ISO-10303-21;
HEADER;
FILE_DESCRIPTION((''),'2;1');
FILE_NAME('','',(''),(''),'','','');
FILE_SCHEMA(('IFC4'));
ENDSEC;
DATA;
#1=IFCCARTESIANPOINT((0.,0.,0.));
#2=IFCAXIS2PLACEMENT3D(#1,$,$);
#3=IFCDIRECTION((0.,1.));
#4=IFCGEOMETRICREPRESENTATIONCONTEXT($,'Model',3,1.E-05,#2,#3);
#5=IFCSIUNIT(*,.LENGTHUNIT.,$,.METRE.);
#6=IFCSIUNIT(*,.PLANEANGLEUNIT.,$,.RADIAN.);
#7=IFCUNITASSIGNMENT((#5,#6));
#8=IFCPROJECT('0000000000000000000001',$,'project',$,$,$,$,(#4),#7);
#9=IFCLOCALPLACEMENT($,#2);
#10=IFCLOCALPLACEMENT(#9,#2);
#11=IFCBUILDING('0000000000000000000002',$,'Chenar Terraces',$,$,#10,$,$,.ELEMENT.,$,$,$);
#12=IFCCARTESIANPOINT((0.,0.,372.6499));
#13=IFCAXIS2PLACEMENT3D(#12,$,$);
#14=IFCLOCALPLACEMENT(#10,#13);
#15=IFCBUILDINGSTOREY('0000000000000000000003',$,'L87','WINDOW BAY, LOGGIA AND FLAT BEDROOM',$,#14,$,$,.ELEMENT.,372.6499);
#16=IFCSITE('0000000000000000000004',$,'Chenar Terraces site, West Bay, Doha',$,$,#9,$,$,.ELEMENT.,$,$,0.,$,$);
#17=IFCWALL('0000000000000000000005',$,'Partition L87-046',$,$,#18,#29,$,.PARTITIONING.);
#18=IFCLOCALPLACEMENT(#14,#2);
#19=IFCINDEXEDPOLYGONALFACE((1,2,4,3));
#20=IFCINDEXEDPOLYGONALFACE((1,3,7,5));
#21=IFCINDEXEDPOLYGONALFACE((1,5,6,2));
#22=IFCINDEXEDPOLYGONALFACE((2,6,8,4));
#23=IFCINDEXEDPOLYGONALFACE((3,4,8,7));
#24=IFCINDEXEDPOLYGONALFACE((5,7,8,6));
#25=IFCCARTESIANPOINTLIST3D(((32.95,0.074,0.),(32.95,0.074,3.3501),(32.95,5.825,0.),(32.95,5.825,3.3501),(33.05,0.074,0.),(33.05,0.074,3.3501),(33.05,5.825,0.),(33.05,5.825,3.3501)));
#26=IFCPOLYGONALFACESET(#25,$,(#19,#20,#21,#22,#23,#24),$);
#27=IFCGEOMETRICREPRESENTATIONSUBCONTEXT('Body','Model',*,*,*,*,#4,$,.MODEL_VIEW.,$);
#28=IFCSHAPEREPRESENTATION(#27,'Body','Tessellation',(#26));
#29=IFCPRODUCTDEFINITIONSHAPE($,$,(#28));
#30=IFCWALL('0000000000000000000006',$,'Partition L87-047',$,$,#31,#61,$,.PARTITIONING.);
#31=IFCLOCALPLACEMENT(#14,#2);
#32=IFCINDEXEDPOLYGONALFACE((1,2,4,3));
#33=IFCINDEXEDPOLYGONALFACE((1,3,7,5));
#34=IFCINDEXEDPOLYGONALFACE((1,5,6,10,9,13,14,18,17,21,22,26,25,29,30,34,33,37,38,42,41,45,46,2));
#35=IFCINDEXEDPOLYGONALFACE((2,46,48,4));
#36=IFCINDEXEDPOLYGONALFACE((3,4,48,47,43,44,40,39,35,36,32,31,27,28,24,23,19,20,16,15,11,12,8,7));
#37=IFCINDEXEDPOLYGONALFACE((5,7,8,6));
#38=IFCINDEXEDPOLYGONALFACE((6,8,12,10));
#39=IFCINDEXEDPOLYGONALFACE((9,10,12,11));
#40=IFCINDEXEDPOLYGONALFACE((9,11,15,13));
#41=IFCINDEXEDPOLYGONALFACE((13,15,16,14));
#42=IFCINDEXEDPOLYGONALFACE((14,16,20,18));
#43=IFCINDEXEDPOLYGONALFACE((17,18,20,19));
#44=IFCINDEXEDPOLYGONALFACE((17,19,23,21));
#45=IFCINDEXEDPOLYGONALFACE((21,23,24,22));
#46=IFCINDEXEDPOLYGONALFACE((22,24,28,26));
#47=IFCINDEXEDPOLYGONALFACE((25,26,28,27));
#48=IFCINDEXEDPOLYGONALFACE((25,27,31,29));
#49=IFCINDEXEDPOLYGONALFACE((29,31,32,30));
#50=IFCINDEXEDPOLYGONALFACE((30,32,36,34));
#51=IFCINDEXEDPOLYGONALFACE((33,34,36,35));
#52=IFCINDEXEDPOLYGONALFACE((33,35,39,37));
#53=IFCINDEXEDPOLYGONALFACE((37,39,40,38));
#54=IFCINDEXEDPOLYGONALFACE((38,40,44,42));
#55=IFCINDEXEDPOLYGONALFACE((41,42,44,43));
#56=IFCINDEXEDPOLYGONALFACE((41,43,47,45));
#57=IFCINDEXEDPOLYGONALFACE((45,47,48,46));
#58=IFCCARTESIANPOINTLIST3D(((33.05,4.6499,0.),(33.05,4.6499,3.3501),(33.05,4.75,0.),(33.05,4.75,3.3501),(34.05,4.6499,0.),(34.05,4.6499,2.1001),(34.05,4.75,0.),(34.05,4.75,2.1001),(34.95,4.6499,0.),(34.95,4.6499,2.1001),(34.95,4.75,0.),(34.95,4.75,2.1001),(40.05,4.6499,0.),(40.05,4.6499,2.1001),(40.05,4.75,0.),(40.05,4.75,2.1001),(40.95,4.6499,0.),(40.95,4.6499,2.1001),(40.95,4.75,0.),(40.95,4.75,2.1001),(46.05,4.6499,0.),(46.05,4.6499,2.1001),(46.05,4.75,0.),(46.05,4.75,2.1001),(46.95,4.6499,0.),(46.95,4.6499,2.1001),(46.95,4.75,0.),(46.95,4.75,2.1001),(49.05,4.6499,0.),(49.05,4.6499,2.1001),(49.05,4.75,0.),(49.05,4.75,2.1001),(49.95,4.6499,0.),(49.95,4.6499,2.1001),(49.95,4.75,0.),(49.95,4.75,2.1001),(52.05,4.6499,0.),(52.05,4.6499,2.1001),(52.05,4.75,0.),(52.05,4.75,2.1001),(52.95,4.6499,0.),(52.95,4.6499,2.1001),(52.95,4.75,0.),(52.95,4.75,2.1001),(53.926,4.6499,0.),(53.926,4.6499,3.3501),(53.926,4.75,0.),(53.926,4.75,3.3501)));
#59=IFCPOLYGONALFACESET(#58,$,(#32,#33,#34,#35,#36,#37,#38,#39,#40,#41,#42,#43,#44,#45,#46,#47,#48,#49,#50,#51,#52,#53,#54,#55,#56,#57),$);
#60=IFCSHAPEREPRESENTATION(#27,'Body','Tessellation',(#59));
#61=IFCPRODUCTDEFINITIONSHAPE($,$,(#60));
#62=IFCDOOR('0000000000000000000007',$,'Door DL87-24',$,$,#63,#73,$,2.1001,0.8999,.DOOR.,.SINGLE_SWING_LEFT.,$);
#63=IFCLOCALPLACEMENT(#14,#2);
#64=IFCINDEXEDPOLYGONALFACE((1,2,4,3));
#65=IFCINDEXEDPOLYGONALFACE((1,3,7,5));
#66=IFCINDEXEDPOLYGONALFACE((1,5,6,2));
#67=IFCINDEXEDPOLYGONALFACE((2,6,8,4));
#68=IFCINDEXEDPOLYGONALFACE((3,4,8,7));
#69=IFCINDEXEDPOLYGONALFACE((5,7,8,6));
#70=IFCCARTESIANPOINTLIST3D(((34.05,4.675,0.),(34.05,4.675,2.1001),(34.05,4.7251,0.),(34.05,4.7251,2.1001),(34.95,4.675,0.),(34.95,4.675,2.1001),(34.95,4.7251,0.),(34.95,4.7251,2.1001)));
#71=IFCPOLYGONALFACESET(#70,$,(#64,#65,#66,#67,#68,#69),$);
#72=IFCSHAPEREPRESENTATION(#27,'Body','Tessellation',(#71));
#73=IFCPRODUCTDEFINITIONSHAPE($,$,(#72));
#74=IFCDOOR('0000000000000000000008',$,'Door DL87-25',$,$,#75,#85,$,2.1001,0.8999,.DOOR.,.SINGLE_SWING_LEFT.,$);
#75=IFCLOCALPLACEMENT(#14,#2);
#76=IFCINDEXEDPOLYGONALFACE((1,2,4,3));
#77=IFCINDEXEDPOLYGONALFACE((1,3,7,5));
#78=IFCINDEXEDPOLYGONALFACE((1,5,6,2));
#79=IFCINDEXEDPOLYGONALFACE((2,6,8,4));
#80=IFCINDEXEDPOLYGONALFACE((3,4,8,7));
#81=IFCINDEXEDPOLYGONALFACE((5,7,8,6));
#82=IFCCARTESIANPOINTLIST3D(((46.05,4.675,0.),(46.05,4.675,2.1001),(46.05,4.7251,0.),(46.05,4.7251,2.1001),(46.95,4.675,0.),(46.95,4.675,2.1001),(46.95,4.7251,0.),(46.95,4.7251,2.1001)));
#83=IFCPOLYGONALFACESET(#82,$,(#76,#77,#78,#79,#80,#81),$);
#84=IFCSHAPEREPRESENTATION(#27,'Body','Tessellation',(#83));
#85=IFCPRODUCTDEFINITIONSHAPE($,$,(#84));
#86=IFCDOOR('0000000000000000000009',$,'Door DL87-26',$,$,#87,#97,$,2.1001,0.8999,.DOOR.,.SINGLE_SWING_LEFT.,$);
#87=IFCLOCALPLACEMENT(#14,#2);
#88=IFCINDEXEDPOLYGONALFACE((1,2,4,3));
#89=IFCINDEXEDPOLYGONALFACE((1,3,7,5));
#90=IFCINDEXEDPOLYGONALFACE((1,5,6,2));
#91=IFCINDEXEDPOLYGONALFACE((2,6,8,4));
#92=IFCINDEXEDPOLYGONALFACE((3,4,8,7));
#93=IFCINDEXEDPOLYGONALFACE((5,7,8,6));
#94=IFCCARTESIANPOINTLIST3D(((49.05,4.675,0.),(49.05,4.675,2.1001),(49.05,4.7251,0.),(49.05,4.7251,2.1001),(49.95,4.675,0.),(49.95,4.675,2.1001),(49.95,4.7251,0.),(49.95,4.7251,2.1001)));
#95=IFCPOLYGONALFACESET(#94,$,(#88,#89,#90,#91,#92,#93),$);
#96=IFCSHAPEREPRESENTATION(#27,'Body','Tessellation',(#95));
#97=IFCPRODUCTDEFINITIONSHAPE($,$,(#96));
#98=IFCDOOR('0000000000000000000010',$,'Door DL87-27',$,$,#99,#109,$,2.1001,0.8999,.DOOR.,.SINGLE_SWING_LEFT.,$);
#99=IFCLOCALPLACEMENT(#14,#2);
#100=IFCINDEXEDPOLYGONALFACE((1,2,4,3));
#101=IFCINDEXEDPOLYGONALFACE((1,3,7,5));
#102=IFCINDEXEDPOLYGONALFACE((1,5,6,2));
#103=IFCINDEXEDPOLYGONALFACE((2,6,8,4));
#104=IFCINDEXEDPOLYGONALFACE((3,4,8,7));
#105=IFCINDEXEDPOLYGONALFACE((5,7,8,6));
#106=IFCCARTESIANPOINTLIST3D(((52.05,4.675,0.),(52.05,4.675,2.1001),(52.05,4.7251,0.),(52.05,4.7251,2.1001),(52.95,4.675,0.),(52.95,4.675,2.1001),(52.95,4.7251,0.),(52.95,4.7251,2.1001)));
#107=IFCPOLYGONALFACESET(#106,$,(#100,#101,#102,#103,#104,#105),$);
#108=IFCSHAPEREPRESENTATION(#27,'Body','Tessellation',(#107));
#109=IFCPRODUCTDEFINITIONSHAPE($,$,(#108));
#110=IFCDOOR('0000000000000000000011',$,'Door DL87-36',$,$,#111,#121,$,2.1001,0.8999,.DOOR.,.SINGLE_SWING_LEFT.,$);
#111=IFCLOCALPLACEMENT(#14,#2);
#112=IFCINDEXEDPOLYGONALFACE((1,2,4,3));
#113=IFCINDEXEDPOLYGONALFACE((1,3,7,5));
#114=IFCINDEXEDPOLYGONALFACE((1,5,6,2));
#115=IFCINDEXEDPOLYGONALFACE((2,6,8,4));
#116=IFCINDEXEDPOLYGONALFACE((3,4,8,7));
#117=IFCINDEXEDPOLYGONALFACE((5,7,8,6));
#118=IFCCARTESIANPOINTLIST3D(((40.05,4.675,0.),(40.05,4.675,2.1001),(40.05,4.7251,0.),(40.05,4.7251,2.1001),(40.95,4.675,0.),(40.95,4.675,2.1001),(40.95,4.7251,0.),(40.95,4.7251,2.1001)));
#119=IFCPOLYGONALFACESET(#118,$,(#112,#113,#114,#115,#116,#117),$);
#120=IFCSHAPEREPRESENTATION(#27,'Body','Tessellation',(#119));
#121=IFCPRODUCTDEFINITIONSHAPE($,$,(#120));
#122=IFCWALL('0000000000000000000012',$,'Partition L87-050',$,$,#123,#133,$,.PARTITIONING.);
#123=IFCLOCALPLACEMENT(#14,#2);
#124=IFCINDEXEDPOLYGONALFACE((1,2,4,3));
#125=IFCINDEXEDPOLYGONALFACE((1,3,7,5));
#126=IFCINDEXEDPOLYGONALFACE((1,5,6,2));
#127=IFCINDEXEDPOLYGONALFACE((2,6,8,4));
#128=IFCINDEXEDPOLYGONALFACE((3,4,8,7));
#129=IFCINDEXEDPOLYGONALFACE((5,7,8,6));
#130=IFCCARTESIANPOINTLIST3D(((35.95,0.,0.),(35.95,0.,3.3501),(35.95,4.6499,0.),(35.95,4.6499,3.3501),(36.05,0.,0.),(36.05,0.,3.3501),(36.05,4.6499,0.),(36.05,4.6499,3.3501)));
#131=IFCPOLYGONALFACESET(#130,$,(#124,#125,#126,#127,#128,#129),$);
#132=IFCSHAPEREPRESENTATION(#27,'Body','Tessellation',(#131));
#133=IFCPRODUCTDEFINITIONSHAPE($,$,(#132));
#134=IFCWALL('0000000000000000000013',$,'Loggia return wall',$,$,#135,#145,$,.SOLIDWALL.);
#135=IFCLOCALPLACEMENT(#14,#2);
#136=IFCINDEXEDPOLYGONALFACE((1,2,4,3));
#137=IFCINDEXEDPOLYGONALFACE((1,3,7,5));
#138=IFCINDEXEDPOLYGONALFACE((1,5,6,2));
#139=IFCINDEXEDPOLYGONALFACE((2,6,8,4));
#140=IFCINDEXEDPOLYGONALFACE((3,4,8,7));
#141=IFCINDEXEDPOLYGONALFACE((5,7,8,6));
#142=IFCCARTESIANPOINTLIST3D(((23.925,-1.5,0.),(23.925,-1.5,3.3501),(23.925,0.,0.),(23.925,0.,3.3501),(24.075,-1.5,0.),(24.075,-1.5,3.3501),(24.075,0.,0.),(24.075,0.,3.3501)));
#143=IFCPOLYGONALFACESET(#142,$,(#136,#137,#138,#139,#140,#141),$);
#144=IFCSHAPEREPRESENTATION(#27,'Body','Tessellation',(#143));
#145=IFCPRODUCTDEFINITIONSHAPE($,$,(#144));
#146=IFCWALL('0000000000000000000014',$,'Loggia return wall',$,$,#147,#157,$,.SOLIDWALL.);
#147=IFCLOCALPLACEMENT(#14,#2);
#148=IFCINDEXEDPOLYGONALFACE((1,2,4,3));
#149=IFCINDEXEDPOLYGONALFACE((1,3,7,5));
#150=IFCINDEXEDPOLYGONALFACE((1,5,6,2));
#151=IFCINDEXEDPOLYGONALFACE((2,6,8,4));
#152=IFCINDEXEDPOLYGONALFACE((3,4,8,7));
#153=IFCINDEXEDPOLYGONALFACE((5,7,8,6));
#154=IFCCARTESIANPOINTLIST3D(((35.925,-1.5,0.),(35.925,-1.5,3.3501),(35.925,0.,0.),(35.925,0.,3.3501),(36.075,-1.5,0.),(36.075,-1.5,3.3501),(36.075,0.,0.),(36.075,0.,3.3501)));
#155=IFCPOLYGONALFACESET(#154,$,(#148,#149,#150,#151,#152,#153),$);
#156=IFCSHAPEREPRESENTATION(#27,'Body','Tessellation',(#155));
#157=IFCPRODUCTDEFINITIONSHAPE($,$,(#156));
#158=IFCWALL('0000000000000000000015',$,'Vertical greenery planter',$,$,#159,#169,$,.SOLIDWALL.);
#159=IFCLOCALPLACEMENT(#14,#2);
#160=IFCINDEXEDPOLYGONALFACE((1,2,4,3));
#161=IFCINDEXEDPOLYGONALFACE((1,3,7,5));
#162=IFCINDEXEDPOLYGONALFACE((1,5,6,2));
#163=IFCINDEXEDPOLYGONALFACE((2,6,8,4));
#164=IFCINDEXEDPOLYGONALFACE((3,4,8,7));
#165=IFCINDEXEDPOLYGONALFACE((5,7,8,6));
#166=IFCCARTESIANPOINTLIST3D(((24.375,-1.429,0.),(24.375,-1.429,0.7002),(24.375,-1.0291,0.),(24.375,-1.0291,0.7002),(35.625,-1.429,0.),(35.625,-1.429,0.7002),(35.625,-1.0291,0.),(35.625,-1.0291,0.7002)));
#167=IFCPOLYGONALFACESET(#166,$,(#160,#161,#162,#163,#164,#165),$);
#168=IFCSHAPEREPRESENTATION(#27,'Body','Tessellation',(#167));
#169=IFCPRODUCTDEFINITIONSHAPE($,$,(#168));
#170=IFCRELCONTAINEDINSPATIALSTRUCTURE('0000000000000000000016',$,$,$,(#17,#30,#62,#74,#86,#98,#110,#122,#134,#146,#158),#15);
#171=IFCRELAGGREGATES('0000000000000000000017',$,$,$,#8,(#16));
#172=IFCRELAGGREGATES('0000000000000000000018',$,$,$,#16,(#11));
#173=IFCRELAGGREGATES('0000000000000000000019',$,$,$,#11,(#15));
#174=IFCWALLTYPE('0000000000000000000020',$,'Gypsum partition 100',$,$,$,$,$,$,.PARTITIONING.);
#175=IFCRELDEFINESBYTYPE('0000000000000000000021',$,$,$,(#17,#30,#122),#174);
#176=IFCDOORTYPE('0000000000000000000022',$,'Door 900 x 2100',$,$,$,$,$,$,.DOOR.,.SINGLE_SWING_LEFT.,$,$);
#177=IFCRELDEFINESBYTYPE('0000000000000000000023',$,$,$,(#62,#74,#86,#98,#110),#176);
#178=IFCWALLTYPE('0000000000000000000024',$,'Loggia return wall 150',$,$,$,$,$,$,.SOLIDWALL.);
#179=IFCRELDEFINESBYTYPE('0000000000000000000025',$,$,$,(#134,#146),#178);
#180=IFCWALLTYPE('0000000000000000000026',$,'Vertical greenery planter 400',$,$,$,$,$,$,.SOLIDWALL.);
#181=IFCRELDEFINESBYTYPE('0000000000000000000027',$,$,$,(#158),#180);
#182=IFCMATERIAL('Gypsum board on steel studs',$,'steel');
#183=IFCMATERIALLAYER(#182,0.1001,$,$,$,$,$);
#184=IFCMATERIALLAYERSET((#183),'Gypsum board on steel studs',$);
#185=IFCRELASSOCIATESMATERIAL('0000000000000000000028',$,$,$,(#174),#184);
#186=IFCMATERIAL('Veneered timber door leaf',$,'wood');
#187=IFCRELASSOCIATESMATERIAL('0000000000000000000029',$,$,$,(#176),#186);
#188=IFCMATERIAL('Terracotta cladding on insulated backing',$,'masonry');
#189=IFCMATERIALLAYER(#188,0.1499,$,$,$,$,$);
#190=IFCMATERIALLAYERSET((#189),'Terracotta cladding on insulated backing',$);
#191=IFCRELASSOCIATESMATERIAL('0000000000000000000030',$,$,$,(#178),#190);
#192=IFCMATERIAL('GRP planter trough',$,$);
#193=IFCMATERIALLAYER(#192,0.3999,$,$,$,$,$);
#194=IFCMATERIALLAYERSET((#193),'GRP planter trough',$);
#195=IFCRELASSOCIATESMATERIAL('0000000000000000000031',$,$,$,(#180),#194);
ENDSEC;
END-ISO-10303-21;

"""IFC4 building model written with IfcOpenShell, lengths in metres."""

from ifc_helpers import new_model, si_unit, direction, frame, frame_2d, origin, place, context, subcontext, project, spatial, rectangle, extrude, material, layer, layer_set, type_object, element, fill, save


model = new_model("IFC4")

# Units and contexts
model_context = context("Model", 3, precision=1e-05, world=origin(), true_north=direction((0.0, 1.0)))
body_context = subcontext(model_context, "Body", "Model", "MODEL_VIEW")
ifc_project = project(units=[si_unit("LENGTHUNIT", "METRE"), si_unit("PLANEANGLEUNIT", "RADIAN")], contexts=[model_context])

# Site, building, storey
site_placement = place(None, origin())
site = spatial("IfcSite", under=ifc_project, at=site_placement, Name="Chenar Terraces site, West Bay, Doha", CompositionType="ELEMENT", RefElevation=0.0)
building_placement = place(site_placement, origin())
building = spatial("IfcBuilding", under=site, at=building_placement, Name="Chenar Terraces", CompositionType="ELEMENT")
storey_placement = place(building_placement, frame((0.0, 0.0, 372.6499)))
storey = spatial("IfcBuildingStorey", under=building, at=storey_placement, Name="L87", Description="WINDOW BAY, LOGGIA AND FLAT BEDROOM", CompositionType="ELEMENT", Elevation=372.6499)

# Wall
ifc_material_1 = material(Name="Gypsum board on steel studs", Category="steel")
ifc_layer_1 = layer(ifc_material_1, 0.1001)
ifc_layer_set_1 = layer_set([ifc_layer_1], Name="Gypsum board on steel studs")
wall_type_1 = type_object("IfcWallType", Name="Gypsum partition 100", PredefinedType="PARTITIONING", material=ifc_layer_set_1)
wall_1_placement = place(storey_placement, frame((33.0, 0.074, 0.0), z_axis=(0.0, 0.0, 1.0), x_axis=(0.0, 1.0, 0.0)))
element("IfcWall", 1, at=wall_1_placement, inside=storey, type_object=wall_type_1, Name="Partition L87-046", PredefinedType="PARTITIONING", context=body_context, shape_type="SweptSolid", body=[
    extrude(rectangle(XDim=5.751, YDim=0.1001, at=frame_2d((2.8755, 0.0))), origin(), (0.0, 0.0, 1.0), 3.3501),
])

# Wall, openings, doors
wall_2_placement = place(storey_placement, frame((33.05, 4.7, 0.0), z_axis=(0.0, 0.0, 1.0), x_axis=(1.0, 0.0, 0.0)))
wall_2 = element("IfcWall", 2, at=wall_2_placement, inside=storey, type_object=wall_type_1, Name="Partition L87-047", PredefinedType="PARTITIONING", context=body_context, shape_type="SweptSolid", body=[
    extrude(rectangle(XDim=20.876, YDim=0.1001, at=frame_2d((10.438, 0.0))), origin(), (0.0, 0.0, 1.0), 3.3501),
])
opening_1_placement = place(wall_2_placement, frame((1.0, 0.0, 0.0)))
opening_1 = element("IfcOpeningElement", 3, at=opening_1_placement, cuts=wall_2, PredefinedType="OPENING", context=body_context, shape_type="SweptSolid", body=[
    extrude(rectangle(XDim=0.8999, YDim=2.1001, at=frame_2d((0.45, 1.05))), frame((0.0, 0.0601, 0.0), z_axis=(0.0, -1.0, 0.0), x_axis=(1.0, 0.0, 0.0)), (0.0, 0.0, 1.0), 0.1201),
])
opening_2_placement = place(wall_2_placement, frame((13.0, 0.0, 0.0)))
opening_2 = element("IfcOpeningElement", 4, at=opening_2_placement, cuts=wall_2, PredefinedType="OPENING", context=body_context, shape_type="SweptSolid", body=[
    extrude(rectangle(XDim=0.8999, YDim=2.1001, at=frame_2d((0.45, 1.05))), frame((0.0, 0.0601, 0.0), z_axis=(0.0, -1.0, 0.0), x_axis=(1.0, 0.0, 0.0)), (0.0, 0.0, 1.0), 0.1201),
])
opening_3_placement = place(wall_2_placement, frame((16.0, 0.0, 0.0)))
opening_3 = element("IfcOpeningElement", 5, at=opening_3_placement, cuts=wall_2, PredefinedType="OPENING", context=body_context, shape_type="SweptSolid", body=[
    extrude(rectangle(XDim=0.8999, YDim=2.1001, at=frame_2d((0.45, 1.05))), frame((0.0, 0.0601, 0.0), z_axis=(0.0, -1.0, 0.0), x_axis=(1.0, 0.0, 0.0)), (0.0, 0.0, 1.0), 0.1201),
])
opening_4_placement = place(wall_2_placement, frame((19.0, 0.0, 0.0)))
opening_4 = element("IfcOpeningElement", 6, at=opening_4_placement, cuts=wall_2, PredefinedType="OPENING", context=body_context, shape_type="SweptSolid", body=[
    extrude(rectangle(XDim=0.8999, YDim=2.1001, at=frame_2d((0.45, 1.05))), frame((0.0, 0.0601, 0.0), z_axis=(0.0, -1.0, 0.0), x_axis=(1.0, 0.0, 0.0)), (0.0, 0.0, 1.0), 0.1201),
])
opening_5_placement = place(wall_2_placement, frame((7.0, 0.0, 0.0)))
opening_5 = element("IfcOpeningElement", 7, at=opening_5_placement, cuts=wall_2, PredefinedType="OPENING", context=body_context, shape_type="SweptSolid", body=[
    extrude(rectangle(XDim=0.8999, YDim=2.1001, at=frame_2d((0.45, 1.05))), frame((0.0, 0.0601, 0.0), z_axis=(0.0, -1.0, 0.0), x_axis=(1.0, 0.0, 0.0)), (0.0, 0.0, 1.0), 0.1201),
])
ifc_material_2 = material(Name="Veneered timber door leaf", Category="wood")
door_type_1 = type_object("IfcDoorType", Name="Door 900 x 2100", OperationType="SINGLE_SWING_LEFT", PredefinedType="DOOR", material=ifc_material_2)
door_1_placement = place(opening_1_placement, frame((0.8999, 0.0, 0.0), z_axis=(0.0, 0.0, 1.0), x_axis=(-1.0, 0.0, 0.0)))
door_1 = element("IfcDoor", 8, at=door_1_placement, inside=storey, type_object=door_type_1, Name="Door DL87-24", OperationType="SINGLE_SWING_LEFT", OverallHeight=2.1001, OverallWidth=0.8999, PredefinedType="DOOR", context=body_context, shape_type="SweptSolid", body=[
    extrude(rectangle(XDim=0.8999, YDim=2.1001, at=frame_2d((0.45, 1.05))), frame((0.0, 0.0249, 0.0), z_axis=(0.0, -1.0, 0.0), x_axis=(1.0, 0.0, 0.0)), (0.0, 0.0, 1.0), 0.05),
])
fill(opening_1, door_1)
door_2_placement = place(opening_2_placement, frame((0.8999, 0.0, 0.0), z_axis=(0.0, 0.0, 1.0), x_axis=(-1.0, 0.0, 0.0)))
door_2 = element("IfcDoor", 9, at=door_2_placement, inside=storey, type_object=door_type_1, Name="Door DL87-25", OperationType="SINGLE_SWING_LEFT", OverallHeight=2.1001, OverallWidth=0.8999, PredefinedType="DOOR", context=body_context, shape_type="SweptSolid", body=[
    extrude(rectangle(XDim=0.8999, YDim=2.1001, at=frame_2d((0.45, 1.05))), frame((0.0, 0.0249, 0.0), z_axis=(0.0, -1.0, 0.0), x_axis=(1.0, 0.0, 0.0)), (0.0, 0.0, 1.0), 0.05),
])
fill(opening_2, door_2)
door_3_placement = place(opening_3_placement, frame((0.8999, 0.0, 0.0), z_axis=(0.0, 0.0, 1.0), x_axis=(-1.0, 0.0, 0.0)))
door_3 = element("IfcDoor", 10, at=door_3_placement, inside=storey, type_object=door_type_1, Name="Door DL87-26", OperationType="SINGLE_SWING_LEFT", OverallHeight=2.1001, OverallWidth=0.8999, PredefinedType="DOOR", context=body_context, shape_type="SweptSolid", body=[
    extrude(rectangle(XDim=0.8999, YDim=2.1001, at=frame_2d((0.45, 1.05))), frame((0.0, 0.0249, 0.0), z_axis=(0.0, -1.0, 0.0), x_axis=(1.0, 0.0, 0.0)), (0.0, 0.0, 1.0), 0.05),
])
fill(opening_3, door_3)
door_4_placement = place(opening_4_placement, frame((0.8999, 0.0, 0.0), z_axis=(0.0, 0.0, 1.0), x_axis=(-1.0, 0.0, 0.0)))
door_4 = element("IfcDoor", 11, at=door_4_placement, inside=storey, type_object=door_type_1, Name="Door DL87-27", OperationType="SINGLE_SWING_LEFT", OverallHeight=2.1001, OverallWidth=0.8999, PredefinedType="DOOR", context=body_context, shape_type="SweptSolid", body=[
    extrude(rectangle(XDim=0.8999, YDim=2.1001, at=frame_2d((0.45, 1.05))), frame((0.0, 0.0249, 0.0), z_axis=(0.0, -1.0, 0.0), x_axis=(1.0, 0.0, 0.0)), (0.0, 0.0, 1.0), 0.05),
])
fill(opening_4, door_4)
door_5_placement = place(opening_5_placement, frame((0.8999, 0.0, 0.0), z_axis=(0.0, 0.0, 1.0), x_axis=(-1.0, 0.0, 0.0)))
door_5 = element("IfcDoor", 12, at=door_5_placement, inside=storey, type_object=door_type_1, Name="Door DL87-36", OperationType="SINGLE_SWING_LEFT", OverallHeight=2.1001, OverallWidth=0.8999, PredefinedType="DOOR", context=body_context, shape_type="SweptSolid", body=[
    extrude(rectangle(XDim=0.8999, YDim=2.1001, at=frame_2d((0.45, 1.05))), frame((0.0, 0.0249, 0.0), z_axis=(0.0, -1.0, 0.0), x_axis=(1.0, 0.0, 0.0)), (0.0, 0.0, 1.0), 0.05),
])
fill(opening_5, door_5)

# Walls
wall_3_placement = place(storey_placement, frame((36.0, 0.0, 0.0), z_axis=(0.0, 0.0, 1.0), x_axis=(0.0, 1.0, 0.0)))
element("IfcWall", 13, at=wall_3_placement, inside=storey, type_object=wall_type_1, Name="Partition L87-050", PredefinedType="PARTITIONING", context=body_context, shape_type="SweptSolid", body=[
    extrude(rectangle(XDim=4.6499, YDim=0.1001, at=frame_2d((2.325, 0.0))), origin(), (0.0, 0.0, 1.0), 3.3501),
])
ifc_material_3 = material(Name="Terracotta cladding on insulated backing", Category="masonry")
ifc_layer_2 = layer(ifc_material_3, 0.1499)
ifc_layer_set_2 = layer_set([ifc_layer_2], Name="Terracotta cladding on insulated backing")
wall_type_2 = type_object("IfcWallType", Name="Loggia return wall 150", PredefinedType="SOLIDWALL", material=ifc_layer_set_2)
for number, where, z_axis, x_axis, name in (
    (14, (24.0, -1.5, 0.0), (0.0, 0.0, 1.0), (0.0, 1.0, 0.0), "Loggia return wall"),
    (15, (36.0, -1.5, 0.0), (0.0, 0.0, 1.0), (0.0, 1.0, 0.0), "Loggia return wall"),
):
    element("IfcWall", number, at=place(storey_placement, frame(where, z_axis=z_axis, x_axis=x_axis)), inside=storey, type_object=wall_type_2, Name=name, PredefinedType="SOLIDWALL", context=body_context, shape_type="SweptSolid", body=[
        extrude(rectangle(XDim=1.5, YDim=0.1499, at=frame_2d((0.75, 0.0))), origin(), (0.0, 0.0, 1.0), 3.3501),
    ])
ifc_material_4 = material(Name="GRP planter trough")
ifc_layer_3 = layer(ifc_material_4, 0.3999)
ifc_layer_set_3 = layer_set([ifc_layer_3], Name="GRP planter trough")
wall_type_3 = type_object("IfcWallType", Name="Vertical greenery planter 400", PredefinedType="SOLIDWALL", material=ifc_layer_set_3)
wall_4_placement = place(storey_placement, frame((24.375, -1.229, 0.0), z_axis=(0.0, 0.0, 1.0), x_axis=(1.0, 0.0, 0.0)))
element("IfcWall", 16, at=wall_4_placement, inside=storey, type_object=wall_type_3, Name="Vertical greenery planter", PredefinedType="SOLIDWALL", context=body_context, shape_type="SweptSolid", body=[
    extrude(rectangle(XDim=11.25, YDim=0.3999, at=frame_2d((5.625, 0.0))), origin(), (0.0, 0.0, 1.0), 0.7002),
])

save(model, "model.ifc")
